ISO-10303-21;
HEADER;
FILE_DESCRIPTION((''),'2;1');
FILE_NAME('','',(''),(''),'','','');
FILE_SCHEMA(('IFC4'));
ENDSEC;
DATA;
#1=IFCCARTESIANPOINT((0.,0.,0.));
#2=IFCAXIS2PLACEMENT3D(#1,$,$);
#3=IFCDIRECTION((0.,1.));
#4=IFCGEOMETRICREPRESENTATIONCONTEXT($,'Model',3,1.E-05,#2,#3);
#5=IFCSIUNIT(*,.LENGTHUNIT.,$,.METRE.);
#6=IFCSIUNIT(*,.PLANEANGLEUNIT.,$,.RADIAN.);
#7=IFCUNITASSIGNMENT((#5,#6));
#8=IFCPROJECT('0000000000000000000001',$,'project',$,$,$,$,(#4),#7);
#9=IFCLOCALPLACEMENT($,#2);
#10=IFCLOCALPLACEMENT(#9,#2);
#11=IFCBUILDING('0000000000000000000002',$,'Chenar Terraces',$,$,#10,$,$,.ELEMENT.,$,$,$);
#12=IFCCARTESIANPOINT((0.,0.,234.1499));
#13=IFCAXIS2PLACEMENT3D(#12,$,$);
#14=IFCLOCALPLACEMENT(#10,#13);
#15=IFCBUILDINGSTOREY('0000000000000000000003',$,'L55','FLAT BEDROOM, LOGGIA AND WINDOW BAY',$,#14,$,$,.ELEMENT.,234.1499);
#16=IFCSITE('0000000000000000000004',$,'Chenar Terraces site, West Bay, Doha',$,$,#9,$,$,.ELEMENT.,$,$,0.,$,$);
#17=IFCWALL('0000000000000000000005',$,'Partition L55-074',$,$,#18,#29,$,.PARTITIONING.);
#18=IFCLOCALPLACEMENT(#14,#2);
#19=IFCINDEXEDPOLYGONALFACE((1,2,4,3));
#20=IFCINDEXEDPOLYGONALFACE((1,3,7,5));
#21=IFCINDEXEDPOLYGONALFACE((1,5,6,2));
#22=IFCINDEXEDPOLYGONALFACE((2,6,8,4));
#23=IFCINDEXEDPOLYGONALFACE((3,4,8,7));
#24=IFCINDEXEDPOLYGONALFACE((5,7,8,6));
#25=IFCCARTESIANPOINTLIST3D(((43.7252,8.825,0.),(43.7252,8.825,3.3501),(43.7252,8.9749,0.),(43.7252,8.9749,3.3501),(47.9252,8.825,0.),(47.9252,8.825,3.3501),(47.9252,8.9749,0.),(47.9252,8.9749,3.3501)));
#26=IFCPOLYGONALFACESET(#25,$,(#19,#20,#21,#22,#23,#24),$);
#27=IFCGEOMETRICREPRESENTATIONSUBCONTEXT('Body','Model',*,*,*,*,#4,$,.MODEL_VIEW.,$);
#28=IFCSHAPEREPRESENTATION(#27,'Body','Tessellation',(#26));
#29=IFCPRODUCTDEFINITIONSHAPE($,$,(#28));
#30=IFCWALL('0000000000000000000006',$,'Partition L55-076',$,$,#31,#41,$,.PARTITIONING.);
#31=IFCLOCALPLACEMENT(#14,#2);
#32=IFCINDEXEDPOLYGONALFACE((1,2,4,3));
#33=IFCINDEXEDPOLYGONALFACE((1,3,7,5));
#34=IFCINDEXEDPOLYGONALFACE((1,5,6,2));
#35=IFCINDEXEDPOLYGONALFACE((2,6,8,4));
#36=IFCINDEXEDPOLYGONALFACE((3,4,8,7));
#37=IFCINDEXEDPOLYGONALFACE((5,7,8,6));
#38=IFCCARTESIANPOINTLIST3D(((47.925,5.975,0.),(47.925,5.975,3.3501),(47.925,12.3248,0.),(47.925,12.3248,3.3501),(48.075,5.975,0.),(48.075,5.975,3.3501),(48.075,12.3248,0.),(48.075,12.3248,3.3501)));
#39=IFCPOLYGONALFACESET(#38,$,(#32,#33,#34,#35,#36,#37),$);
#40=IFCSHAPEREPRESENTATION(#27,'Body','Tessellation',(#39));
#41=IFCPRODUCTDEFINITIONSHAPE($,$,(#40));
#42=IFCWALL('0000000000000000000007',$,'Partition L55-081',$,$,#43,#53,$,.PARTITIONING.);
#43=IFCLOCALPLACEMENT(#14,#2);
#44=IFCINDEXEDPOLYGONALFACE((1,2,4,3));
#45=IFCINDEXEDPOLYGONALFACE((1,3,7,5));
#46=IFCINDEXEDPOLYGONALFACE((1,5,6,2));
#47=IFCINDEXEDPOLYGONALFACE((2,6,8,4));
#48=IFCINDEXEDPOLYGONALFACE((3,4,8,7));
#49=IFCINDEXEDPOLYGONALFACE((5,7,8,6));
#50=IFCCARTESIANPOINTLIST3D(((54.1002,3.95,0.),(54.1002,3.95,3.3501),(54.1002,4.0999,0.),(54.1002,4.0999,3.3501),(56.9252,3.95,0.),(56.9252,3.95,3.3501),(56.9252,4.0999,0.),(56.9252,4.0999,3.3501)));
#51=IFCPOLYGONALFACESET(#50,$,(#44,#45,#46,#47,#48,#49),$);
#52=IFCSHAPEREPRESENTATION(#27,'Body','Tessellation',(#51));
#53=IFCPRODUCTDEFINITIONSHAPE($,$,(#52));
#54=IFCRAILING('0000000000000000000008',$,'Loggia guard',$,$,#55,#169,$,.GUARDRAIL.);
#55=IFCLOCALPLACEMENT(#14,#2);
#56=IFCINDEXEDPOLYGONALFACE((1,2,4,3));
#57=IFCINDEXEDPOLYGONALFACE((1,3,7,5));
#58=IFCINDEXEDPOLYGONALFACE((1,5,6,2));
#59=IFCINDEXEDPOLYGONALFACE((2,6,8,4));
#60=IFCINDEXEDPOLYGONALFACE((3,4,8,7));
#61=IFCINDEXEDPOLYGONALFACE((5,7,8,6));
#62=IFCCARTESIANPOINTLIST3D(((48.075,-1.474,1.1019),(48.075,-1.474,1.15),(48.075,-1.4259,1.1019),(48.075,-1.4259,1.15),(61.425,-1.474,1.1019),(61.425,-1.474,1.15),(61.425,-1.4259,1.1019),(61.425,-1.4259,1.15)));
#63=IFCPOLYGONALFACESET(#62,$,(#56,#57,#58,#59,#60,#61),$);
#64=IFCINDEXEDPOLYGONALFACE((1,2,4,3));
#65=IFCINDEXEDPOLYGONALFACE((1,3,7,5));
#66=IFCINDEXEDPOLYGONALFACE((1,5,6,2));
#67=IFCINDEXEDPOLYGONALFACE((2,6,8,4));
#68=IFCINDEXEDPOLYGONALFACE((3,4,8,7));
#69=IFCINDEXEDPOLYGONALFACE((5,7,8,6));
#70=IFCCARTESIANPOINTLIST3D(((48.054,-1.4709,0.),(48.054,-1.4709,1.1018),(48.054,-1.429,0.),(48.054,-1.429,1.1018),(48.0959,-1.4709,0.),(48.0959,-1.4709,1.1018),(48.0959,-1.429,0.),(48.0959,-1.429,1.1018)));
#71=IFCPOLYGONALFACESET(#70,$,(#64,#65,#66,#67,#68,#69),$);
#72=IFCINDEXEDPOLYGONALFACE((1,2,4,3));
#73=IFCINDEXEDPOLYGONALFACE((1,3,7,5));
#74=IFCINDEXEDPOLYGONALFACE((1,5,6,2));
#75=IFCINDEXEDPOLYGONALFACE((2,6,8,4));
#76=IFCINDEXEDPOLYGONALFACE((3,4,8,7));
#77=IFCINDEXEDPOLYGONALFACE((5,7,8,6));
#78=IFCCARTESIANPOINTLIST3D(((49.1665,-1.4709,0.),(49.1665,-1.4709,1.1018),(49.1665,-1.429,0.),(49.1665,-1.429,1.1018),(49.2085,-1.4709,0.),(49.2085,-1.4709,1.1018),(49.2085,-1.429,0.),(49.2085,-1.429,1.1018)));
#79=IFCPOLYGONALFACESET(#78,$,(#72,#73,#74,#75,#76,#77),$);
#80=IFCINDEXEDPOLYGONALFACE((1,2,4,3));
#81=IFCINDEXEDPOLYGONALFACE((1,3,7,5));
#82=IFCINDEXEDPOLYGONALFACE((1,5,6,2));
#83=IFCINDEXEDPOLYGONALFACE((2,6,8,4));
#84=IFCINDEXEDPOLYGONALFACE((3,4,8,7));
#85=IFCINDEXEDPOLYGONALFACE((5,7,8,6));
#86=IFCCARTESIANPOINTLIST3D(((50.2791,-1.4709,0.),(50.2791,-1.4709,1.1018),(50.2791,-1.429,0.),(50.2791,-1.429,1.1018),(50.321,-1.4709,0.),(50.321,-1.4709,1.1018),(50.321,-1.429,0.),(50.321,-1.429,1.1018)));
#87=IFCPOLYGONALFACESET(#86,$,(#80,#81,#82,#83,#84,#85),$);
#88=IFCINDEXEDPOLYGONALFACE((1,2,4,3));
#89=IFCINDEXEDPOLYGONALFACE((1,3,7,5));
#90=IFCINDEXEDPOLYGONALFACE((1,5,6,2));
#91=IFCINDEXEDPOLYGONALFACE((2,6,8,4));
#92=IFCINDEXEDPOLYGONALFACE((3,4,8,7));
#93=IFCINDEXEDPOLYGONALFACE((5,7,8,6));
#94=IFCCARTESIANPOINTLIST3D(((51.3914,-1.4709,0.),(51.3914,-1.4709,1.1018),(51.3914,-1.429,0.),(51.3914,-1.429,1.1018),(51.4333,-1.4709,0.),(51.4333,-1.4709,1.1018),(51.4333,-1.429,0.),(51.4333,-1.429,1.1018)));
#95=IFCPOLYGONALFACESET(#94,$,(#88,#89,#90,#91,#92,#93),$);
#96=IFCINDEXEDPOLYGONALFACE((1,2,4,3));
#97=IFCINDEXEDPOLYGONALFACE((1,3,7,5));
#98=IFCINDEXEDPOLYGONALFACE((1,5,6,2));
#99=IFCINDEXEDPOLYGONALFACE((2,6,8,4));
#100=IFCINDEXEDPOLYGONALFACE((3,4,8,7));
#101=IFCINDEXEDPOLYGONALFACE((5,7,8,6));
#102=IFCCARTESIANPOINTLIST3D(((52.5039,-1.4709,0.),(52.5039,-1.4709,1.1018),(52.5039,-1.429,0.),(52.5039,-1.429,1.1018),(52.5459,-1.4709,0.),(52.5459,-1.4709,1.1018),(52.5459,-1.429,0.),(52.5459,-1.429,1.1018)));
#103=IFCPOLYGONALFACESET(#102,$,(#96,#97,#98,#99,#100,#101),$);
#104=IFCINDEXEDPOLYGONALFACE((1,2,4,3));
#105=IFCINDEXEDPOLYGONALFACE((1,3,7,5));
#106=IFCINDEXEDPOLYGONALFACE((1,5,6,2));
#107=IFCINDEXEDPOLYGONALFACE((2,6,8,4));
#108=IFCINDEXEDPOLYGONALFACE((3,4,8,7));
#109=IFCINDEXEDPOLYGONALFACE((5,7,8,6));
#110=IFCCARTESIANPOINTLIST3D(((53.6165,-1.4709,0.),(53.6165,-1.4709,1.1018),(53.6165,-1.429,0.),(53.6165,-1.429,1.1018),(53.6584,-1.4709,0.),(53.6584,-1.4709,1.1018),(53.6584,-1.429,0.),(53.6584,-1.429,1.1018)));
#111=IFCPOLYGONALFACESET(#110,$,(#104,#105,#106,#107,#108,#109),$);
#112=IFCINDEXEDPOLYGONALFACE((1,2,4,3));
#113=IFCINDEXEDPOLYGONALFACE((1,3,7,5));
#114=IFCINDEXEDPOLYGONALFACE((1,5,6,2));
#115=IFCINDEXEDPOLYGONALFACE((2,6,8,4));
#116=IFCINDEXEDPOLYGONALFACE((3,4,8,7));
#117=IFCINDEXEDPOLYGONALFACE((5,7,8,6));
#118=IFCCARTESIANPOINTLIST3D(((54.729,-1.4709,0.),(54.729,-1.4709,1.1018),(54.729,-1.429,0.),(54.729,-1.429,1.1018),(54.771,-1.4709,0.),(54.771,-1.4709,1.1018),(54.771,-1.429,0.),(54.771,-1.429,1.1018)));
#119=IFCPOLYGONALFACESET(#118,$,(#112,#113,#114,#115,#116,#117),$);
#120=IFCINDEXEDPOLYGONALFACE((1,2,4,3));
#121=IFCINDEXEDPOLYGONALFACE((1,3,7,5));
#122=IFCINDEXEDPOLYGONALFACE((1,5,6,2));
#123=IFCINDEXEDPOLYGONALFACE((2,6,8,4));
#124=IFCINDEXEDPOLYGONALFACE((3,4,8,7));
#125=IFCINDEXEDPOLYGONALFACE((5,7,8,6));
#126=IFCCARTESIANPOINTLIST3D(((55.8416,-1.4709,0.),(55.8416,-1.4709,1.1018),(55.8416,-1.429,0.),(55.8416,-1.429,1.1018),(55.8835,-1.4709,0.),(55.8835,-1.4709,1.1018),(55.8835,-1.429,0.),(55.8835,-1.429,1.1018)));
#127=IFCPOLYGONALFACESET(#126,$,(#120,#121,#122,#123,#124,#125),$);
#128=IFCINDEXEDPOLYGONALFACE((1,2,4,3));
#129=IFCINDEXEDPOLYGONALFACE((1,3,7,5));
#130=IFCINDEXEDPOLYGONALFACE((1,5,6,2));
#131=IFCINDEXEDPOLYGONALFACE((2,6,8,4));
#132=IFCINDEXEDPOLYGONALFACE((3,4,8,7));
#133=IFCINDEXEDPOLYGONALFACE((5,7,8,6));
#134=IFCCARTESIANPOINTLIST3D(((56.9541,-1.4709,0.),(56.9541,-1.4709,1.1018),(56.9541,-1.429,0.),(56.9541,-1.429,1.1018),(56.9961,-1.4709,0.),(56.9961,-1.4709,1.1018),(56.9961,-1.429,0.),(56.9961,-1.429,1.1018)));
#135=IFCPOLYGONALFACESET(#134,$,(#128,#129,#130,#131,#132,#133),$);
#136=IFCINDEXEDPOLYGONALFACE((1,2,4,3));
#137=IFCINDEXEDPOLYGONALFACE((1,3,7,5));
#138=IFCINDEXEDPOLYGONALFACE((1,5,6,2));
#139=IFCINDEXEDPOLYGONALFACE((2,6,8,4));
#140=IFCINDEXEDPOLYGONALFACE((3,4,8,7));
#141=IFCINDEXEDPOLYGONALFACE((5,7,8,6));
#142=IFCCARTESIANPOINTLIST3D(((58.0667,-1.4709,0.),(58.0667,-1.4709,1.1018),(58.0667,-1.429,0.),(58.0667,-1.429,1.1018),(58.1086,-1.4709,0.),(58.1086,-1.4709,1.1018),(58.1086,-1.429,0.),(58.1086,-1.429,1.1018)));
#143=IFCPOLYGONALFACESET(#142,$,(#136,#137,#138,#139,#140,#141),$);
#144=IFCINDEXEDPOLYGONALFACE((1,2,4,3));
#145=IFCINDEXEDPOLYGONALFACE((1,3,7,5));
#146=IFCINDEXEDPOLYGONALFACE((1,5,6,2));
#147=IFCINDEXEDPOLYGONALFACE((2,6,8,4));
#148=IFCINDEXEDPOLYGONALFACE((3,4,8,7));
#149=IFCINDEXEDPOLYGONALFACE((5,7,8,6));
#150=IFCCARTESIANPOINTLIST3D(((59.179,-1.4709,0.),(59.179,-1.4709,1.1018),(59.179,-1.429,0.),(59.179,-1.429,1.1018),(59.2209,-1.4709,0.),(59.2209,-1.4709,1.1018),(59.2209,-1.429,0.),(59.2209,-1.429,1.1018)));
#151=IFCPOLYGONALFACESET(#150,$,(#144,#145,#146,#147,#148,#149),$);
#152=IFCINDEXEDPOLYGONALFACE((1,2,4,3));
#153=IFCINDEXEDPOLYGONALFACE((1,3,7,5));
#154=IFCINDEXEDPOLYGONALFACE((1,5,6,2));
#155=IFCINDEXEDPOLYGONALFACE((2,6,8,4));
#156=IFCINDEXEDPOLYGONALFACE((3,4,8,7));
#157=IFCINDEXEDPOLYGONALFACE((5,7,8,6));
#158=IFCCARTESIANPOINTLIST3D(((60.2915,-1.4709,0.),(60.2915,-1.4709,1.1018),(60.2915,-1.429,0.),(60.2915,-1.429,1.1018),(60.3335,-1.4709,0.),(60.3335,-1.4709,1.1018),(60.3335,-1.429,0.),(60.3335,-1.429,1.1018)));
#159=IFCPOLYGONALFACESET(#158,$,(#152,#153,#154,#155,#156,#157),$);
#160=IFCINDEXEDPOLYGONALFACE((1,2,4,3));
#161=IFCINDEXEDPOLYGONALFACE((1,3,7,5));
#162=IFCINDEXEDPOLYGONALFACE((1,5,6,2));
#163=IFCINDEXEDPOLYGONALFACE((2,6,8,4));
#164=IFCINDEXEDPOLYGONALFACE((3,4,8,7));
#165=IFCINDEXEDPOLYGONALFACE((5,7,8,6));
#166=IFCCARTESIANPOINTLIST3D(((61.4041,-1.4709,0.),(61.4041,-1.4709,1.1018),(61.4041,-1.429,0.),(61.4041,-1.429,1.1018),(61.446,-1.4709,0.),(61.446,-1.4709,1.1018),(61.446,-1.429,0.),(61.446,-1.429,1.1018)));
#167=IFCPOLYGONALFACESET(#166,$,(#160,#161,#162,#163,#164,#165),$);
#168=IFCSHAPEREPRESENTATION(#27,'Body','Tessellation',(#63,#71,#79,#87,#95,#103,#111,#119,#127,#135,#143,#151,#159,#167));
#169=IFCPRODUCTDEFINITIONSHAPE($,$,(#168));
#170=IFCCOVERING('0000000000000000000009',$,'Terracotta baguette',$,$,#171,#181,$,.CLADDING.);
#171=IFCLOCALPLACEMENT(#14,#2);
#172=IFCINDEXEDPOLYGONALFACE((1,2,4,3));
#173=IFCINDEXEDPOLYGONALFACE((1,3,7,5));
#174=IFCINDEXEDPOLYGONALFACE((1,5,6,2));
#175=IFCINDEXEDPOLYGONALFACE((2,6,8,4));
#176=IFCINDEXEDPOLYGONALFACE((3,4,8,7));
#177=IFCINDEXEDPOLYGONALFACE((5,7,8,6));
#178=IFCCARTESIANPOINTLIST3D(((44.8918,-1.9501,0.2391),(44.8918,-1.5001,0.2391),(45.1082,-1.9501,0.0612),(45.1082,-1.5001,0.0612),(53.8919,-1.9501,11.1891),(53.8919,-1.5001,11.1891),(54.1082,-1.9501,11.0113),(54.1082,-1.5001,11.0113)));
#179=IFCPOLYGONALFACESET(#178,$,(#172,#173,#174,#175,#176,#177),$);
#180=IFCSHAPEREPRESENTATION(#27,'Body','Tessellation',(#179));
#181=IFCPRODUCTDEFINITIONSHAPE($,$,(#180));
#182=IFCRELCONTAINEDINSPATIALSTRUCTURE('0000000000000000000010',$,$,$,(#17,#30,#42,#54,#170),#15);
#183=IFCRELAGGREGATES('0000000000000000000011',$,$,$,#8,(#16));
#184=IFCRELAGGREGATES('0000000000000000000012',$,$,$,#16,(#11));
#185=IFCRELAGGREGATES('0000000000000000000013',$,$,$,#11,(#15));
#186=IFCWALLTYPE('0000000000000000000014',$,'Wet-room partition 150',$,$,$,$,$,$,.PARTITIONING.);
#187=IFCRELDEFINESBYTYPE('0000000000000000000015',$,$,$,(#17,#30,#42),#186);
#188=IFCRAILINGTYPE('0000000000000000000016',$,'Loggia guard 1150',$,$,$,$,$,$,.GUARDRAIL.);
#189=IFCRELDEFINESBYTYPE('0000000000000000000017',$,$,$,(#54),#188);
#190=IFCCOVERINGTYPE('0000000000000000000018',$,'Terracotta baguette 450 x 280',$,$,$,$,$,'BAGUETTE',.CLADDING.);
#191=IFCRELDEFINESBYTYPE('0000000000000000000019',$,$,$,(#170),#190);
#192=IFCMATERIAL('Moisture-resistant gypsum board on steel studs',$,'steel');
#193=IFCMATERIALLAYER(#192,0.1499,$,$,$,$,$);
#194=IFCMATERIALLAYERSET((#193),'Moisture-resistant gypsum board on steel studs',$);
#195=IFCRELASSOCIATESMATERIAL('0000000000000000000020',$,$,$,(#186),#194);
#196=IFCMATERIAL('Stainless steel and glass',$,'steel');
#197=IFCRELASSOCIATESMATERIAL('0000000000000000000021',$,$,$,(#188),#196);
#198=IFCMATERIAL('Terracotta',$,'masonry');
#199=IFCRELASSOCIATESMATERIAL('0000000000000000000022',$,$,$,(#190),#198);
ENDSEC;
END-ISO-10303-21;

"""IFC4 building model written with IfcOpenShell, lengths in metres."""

from ifc_helpers import new_model, si_unit, direction, frame, frame_2d, origin, origin_2d, place, context, subcontext, project, spatial, rectangle, extrude, material, layer, layer_set, material_profile, profile_set, type_object, element, save


model = new_model("IFC4")

# Units and contexts
model_context = context("Model", 3, precision=1e-05, world=origin(), true_north=direction((0.0, 1.0)))
body_context = subcontext(model_context, "Body", "Model", "MODEL_VIEW")
ifc_project = project(units=[si_unit("LENGTHUNIT", "METRE"), si_unit("PLANEANGLEUNIT", "RADIAN")], contexts=[model_context])

# Site, building, storey
site_placement = place(None, origin())
site = spatial("IfcSite", under=ifc_project, at=site_placement, Name="Chenar Terraces site, West Bay, Doha", CompositionType="ELEMENT", RefElevation=0.0)
building_placement = place(site_placement, origin())
building = spatial("IfcBuilding", under=site, at=building_placement, Name="Chenar Terraces", CompositionType="ELEMENT")
storey_placement = place(building_placement, frame((0.0, 0.0, 234.1499)))
storey = spatial("IfcBuildingStorey", under=building, at=storey_placement, Name="L55", Description="FLAT BEDROOM, LOGGIA AND WINDOW BAY", CompositionType="ELEMENT", Elevation=234.1499)

# Shared definitions
ifc_material_1 = material(Name="Moisture-resistant gypsum board on steel studs", Category="steel")
ifc_layer_1 = layer(ifc_material_1, 0.1499)
ifc_layer_set_1 = layer_set([ifc_layer_1], Name="Moisture-resistant gypsum board on steel studs")
wall_type_1 = type_object("IfcWallType", Name="Wet-room partition 150", PredefinedType="PARTITIONING", material=ifc_layer_set_1)

# Walls
wall_1_placement = place(storey_placement, frame((43.7251, 8.8999, 0.0), z_axis=(0.0, 0.0, 1.0), x_axis=(1.0, 0.0, 0.0)))
element("IfcWall", 1, at=wall_1_placement, inside=storey, type_object=wall_type_1, Name="Partition L55-074", PredefinedType="PARTITIONING", context=body_context, shape_type="SweptSolid", body=[
    extrude(rectangle(XDim=4.2, YDim=0.1499, at=frame_2d((2.1001, 0.0))), origin(), (0.0, 0.0, 1.0), 3.3501),
])
wall_2_placement = place(storey_placement, frame((48.0, 5.9751, 0.0), z_axis=(0.0, 0.0, 1.0), x_axis=(0.0, 1.0, 0.0)))
element("IfcWall", 2, at=wall_2_placement, inside=storey, type_object=wall_type_1, Name="Partition L55-076", PredefinedType="PARTITIONING", context=body_context, shape_type="SweptSolid", body=[
    extrude(rectangle(XDim=6.3499, YDim=0.1499, at=frame_2d((3.1748, 0.0))), origin(), (0.0, 0.0, 1.0), 3.3501),
])
wall_3_placement = place(storey_placement, frame((54.1001, 4.0249, 0.0), z_axis=(0.0, 0.0, 1.0), x_axis=(1.0, 0.0, 0.0)))
element("IfcWall", 3, at=wall_3_placement, inside=storey, type_object=wall_type_1, Name="Partition L55-081", PredefinedType="PARTITIONING", context=body_context, shape_type="SweptSolid", body=[
    extrude(rectangle(XDim=2.825, YDim=0.1499, at=frame_2d((1.4126, 0.0))), origin(), (0.0, 0.0, 1.0), 3.3501),
])

# Railing
ifc_material_2 = material(Name="Stainless steel and glass", Category="steel")
railing_type = type_object("IfcRailingType", Name="Loggia guard 1150", PredefinedType="GUARDRAIL", material=ifc_material_2)
railing_placement = place(storey_placement, frame((48.075, -1.45, 0.0)))
element("IfcRailing", 4, at=railing_placement, inside=storey, type_object=railing_type, Name="Loggia guard", PredefinedType="GUARDRAIL", context=body_context, shape_type="SweptSolid", body=[
    extrude(rectangle(XDim=0.0481, YDim=0.0481, at=origin_2d()), frame((0.0, 0.0, 1.126), z_axis=(1.0, 0.0, 0.0), x_axis=(0.0, 1.0, 0.0)), (0.0, 0.0, 1.0), 13.3501),
    extrude(rectangle(XDim=0.042, YDim=0.042, at=origin_2d()), origin(), (0.0, 0.0, 1.0), 1.1018),
    extrude(rectangle(XDim=0.042, YDim=0.042, at=origin_2d()), frame((1.1125, 0.0, 0.0)), (0.0, 0.0, 1.0), 1.1018),
    extrude(rectangle(XDim=0.042, YDim=0.042, at=origin_2d()), frame((2.2251, 0.0, 0.0)), (0.0, 0.0, 1.0), 1.1018),
    extrude(rectangle(XDim=0.042, YDim=0.042, at=origin_2d()), frame((3.3374, 0.0, 0.0)), (0.0, 0.0, 1.0), 1.1018),
    extrude(rectangle(XDim=0.042, YDim=0.042, at=origin_2d()), frame((4.45, 0.0, 0.0)), (0.0, 0.0, 1.0), 1.1018),
    extrude(rectangle(XDim=0.042, YDim=0.042, at=origin_2d()), frame((5.5625, 0.0, 0.0)), (0.0, 0.0, 1.0), 1.1018),
    extrude(rectangle(XDim=0.042, YDim=0.042, at=origin_2d()), frame((6.675, 0.0, 0.0)), (0.0, 0.0, 1.0), 1.1018),
    extrude(rectangle(XDim=0.042, YDim=0.042, at=origin_2d()), frame((7.7876, 0.0, 0.0)), (0.0, 0.0, 1.0), 1.1018),
    extrude(rectangle(XDim=0.042, YDim=0.042, at=origin_2d()), frame((8.9001, 0.0, 0.0)), (0.0, 0.0, 1.0), 1.1018),
    extrude(rectangle(XDim=0.042, YDim=0.042, at=origin_2d()), frame((10.0127, 0.0, 0.0)), (0.0, 0.0, 1.0), 1.1018),
    extrude(rectangle(XDim=0.042, YDim=0.042, at=origin_2d()), frame((11.125, 0.0, 0.0)), (0.0, 0.0, 1.0), 1.1018),
    extrude(rectangle(XDim=0.042, YDim=0.042, at=origin_2d()), frame((12.2375, 0.0, 0.0)), (0.0, 0.0, 1.0), 1.1018),
    extrude(rectangle(XDim=0.042, YDim=0.042, at=origin_2d()), frame((13.3501, 0.0, 0.0)), (0.0, 0.0, 1.0), 1.1018),
])

# Covering
ifc_material_3 = material(Name="Terracotta", Category="masonry")
ifc_material_profile_1 = material_profile(ifc_material_3, rectangle(XDim=0.45, YDim=0.28, at=origin_2d()), Name="Terracotta baguette 450 x 280")
ifc_profile_set_1 = profile_set([ifc_material_profile_1], Name="Terracotta")
covering_type = type_object("IfcCoveringType", Name="Terracotta baguette 450 x 280", ElementType="BAGUETTE", PredefinedType="CLADDING", material=ifc_profile_set_1)
covering_placement = place(storey_placement, frame((45.0, -1.7251, 0.1501), z_axis=(0.634967, 0.0, 0.772539), x_axis=(0.0, 1.0, 0.0)))
element("IfcCovering", 5, at=covering_placement, inside=storey, type_object=covering_type, Name="Terracotta baguette", PredefinedType="CLADDING", context=body_context, shape_type="SweptSolid", body=[
    extrude(rectangle(XDim=0.45, YDim=0.28, at=origin_2d()), origin(), (0.0, 0.0, 1.0), 14.1741),
])

save(model, "model.ifc")
